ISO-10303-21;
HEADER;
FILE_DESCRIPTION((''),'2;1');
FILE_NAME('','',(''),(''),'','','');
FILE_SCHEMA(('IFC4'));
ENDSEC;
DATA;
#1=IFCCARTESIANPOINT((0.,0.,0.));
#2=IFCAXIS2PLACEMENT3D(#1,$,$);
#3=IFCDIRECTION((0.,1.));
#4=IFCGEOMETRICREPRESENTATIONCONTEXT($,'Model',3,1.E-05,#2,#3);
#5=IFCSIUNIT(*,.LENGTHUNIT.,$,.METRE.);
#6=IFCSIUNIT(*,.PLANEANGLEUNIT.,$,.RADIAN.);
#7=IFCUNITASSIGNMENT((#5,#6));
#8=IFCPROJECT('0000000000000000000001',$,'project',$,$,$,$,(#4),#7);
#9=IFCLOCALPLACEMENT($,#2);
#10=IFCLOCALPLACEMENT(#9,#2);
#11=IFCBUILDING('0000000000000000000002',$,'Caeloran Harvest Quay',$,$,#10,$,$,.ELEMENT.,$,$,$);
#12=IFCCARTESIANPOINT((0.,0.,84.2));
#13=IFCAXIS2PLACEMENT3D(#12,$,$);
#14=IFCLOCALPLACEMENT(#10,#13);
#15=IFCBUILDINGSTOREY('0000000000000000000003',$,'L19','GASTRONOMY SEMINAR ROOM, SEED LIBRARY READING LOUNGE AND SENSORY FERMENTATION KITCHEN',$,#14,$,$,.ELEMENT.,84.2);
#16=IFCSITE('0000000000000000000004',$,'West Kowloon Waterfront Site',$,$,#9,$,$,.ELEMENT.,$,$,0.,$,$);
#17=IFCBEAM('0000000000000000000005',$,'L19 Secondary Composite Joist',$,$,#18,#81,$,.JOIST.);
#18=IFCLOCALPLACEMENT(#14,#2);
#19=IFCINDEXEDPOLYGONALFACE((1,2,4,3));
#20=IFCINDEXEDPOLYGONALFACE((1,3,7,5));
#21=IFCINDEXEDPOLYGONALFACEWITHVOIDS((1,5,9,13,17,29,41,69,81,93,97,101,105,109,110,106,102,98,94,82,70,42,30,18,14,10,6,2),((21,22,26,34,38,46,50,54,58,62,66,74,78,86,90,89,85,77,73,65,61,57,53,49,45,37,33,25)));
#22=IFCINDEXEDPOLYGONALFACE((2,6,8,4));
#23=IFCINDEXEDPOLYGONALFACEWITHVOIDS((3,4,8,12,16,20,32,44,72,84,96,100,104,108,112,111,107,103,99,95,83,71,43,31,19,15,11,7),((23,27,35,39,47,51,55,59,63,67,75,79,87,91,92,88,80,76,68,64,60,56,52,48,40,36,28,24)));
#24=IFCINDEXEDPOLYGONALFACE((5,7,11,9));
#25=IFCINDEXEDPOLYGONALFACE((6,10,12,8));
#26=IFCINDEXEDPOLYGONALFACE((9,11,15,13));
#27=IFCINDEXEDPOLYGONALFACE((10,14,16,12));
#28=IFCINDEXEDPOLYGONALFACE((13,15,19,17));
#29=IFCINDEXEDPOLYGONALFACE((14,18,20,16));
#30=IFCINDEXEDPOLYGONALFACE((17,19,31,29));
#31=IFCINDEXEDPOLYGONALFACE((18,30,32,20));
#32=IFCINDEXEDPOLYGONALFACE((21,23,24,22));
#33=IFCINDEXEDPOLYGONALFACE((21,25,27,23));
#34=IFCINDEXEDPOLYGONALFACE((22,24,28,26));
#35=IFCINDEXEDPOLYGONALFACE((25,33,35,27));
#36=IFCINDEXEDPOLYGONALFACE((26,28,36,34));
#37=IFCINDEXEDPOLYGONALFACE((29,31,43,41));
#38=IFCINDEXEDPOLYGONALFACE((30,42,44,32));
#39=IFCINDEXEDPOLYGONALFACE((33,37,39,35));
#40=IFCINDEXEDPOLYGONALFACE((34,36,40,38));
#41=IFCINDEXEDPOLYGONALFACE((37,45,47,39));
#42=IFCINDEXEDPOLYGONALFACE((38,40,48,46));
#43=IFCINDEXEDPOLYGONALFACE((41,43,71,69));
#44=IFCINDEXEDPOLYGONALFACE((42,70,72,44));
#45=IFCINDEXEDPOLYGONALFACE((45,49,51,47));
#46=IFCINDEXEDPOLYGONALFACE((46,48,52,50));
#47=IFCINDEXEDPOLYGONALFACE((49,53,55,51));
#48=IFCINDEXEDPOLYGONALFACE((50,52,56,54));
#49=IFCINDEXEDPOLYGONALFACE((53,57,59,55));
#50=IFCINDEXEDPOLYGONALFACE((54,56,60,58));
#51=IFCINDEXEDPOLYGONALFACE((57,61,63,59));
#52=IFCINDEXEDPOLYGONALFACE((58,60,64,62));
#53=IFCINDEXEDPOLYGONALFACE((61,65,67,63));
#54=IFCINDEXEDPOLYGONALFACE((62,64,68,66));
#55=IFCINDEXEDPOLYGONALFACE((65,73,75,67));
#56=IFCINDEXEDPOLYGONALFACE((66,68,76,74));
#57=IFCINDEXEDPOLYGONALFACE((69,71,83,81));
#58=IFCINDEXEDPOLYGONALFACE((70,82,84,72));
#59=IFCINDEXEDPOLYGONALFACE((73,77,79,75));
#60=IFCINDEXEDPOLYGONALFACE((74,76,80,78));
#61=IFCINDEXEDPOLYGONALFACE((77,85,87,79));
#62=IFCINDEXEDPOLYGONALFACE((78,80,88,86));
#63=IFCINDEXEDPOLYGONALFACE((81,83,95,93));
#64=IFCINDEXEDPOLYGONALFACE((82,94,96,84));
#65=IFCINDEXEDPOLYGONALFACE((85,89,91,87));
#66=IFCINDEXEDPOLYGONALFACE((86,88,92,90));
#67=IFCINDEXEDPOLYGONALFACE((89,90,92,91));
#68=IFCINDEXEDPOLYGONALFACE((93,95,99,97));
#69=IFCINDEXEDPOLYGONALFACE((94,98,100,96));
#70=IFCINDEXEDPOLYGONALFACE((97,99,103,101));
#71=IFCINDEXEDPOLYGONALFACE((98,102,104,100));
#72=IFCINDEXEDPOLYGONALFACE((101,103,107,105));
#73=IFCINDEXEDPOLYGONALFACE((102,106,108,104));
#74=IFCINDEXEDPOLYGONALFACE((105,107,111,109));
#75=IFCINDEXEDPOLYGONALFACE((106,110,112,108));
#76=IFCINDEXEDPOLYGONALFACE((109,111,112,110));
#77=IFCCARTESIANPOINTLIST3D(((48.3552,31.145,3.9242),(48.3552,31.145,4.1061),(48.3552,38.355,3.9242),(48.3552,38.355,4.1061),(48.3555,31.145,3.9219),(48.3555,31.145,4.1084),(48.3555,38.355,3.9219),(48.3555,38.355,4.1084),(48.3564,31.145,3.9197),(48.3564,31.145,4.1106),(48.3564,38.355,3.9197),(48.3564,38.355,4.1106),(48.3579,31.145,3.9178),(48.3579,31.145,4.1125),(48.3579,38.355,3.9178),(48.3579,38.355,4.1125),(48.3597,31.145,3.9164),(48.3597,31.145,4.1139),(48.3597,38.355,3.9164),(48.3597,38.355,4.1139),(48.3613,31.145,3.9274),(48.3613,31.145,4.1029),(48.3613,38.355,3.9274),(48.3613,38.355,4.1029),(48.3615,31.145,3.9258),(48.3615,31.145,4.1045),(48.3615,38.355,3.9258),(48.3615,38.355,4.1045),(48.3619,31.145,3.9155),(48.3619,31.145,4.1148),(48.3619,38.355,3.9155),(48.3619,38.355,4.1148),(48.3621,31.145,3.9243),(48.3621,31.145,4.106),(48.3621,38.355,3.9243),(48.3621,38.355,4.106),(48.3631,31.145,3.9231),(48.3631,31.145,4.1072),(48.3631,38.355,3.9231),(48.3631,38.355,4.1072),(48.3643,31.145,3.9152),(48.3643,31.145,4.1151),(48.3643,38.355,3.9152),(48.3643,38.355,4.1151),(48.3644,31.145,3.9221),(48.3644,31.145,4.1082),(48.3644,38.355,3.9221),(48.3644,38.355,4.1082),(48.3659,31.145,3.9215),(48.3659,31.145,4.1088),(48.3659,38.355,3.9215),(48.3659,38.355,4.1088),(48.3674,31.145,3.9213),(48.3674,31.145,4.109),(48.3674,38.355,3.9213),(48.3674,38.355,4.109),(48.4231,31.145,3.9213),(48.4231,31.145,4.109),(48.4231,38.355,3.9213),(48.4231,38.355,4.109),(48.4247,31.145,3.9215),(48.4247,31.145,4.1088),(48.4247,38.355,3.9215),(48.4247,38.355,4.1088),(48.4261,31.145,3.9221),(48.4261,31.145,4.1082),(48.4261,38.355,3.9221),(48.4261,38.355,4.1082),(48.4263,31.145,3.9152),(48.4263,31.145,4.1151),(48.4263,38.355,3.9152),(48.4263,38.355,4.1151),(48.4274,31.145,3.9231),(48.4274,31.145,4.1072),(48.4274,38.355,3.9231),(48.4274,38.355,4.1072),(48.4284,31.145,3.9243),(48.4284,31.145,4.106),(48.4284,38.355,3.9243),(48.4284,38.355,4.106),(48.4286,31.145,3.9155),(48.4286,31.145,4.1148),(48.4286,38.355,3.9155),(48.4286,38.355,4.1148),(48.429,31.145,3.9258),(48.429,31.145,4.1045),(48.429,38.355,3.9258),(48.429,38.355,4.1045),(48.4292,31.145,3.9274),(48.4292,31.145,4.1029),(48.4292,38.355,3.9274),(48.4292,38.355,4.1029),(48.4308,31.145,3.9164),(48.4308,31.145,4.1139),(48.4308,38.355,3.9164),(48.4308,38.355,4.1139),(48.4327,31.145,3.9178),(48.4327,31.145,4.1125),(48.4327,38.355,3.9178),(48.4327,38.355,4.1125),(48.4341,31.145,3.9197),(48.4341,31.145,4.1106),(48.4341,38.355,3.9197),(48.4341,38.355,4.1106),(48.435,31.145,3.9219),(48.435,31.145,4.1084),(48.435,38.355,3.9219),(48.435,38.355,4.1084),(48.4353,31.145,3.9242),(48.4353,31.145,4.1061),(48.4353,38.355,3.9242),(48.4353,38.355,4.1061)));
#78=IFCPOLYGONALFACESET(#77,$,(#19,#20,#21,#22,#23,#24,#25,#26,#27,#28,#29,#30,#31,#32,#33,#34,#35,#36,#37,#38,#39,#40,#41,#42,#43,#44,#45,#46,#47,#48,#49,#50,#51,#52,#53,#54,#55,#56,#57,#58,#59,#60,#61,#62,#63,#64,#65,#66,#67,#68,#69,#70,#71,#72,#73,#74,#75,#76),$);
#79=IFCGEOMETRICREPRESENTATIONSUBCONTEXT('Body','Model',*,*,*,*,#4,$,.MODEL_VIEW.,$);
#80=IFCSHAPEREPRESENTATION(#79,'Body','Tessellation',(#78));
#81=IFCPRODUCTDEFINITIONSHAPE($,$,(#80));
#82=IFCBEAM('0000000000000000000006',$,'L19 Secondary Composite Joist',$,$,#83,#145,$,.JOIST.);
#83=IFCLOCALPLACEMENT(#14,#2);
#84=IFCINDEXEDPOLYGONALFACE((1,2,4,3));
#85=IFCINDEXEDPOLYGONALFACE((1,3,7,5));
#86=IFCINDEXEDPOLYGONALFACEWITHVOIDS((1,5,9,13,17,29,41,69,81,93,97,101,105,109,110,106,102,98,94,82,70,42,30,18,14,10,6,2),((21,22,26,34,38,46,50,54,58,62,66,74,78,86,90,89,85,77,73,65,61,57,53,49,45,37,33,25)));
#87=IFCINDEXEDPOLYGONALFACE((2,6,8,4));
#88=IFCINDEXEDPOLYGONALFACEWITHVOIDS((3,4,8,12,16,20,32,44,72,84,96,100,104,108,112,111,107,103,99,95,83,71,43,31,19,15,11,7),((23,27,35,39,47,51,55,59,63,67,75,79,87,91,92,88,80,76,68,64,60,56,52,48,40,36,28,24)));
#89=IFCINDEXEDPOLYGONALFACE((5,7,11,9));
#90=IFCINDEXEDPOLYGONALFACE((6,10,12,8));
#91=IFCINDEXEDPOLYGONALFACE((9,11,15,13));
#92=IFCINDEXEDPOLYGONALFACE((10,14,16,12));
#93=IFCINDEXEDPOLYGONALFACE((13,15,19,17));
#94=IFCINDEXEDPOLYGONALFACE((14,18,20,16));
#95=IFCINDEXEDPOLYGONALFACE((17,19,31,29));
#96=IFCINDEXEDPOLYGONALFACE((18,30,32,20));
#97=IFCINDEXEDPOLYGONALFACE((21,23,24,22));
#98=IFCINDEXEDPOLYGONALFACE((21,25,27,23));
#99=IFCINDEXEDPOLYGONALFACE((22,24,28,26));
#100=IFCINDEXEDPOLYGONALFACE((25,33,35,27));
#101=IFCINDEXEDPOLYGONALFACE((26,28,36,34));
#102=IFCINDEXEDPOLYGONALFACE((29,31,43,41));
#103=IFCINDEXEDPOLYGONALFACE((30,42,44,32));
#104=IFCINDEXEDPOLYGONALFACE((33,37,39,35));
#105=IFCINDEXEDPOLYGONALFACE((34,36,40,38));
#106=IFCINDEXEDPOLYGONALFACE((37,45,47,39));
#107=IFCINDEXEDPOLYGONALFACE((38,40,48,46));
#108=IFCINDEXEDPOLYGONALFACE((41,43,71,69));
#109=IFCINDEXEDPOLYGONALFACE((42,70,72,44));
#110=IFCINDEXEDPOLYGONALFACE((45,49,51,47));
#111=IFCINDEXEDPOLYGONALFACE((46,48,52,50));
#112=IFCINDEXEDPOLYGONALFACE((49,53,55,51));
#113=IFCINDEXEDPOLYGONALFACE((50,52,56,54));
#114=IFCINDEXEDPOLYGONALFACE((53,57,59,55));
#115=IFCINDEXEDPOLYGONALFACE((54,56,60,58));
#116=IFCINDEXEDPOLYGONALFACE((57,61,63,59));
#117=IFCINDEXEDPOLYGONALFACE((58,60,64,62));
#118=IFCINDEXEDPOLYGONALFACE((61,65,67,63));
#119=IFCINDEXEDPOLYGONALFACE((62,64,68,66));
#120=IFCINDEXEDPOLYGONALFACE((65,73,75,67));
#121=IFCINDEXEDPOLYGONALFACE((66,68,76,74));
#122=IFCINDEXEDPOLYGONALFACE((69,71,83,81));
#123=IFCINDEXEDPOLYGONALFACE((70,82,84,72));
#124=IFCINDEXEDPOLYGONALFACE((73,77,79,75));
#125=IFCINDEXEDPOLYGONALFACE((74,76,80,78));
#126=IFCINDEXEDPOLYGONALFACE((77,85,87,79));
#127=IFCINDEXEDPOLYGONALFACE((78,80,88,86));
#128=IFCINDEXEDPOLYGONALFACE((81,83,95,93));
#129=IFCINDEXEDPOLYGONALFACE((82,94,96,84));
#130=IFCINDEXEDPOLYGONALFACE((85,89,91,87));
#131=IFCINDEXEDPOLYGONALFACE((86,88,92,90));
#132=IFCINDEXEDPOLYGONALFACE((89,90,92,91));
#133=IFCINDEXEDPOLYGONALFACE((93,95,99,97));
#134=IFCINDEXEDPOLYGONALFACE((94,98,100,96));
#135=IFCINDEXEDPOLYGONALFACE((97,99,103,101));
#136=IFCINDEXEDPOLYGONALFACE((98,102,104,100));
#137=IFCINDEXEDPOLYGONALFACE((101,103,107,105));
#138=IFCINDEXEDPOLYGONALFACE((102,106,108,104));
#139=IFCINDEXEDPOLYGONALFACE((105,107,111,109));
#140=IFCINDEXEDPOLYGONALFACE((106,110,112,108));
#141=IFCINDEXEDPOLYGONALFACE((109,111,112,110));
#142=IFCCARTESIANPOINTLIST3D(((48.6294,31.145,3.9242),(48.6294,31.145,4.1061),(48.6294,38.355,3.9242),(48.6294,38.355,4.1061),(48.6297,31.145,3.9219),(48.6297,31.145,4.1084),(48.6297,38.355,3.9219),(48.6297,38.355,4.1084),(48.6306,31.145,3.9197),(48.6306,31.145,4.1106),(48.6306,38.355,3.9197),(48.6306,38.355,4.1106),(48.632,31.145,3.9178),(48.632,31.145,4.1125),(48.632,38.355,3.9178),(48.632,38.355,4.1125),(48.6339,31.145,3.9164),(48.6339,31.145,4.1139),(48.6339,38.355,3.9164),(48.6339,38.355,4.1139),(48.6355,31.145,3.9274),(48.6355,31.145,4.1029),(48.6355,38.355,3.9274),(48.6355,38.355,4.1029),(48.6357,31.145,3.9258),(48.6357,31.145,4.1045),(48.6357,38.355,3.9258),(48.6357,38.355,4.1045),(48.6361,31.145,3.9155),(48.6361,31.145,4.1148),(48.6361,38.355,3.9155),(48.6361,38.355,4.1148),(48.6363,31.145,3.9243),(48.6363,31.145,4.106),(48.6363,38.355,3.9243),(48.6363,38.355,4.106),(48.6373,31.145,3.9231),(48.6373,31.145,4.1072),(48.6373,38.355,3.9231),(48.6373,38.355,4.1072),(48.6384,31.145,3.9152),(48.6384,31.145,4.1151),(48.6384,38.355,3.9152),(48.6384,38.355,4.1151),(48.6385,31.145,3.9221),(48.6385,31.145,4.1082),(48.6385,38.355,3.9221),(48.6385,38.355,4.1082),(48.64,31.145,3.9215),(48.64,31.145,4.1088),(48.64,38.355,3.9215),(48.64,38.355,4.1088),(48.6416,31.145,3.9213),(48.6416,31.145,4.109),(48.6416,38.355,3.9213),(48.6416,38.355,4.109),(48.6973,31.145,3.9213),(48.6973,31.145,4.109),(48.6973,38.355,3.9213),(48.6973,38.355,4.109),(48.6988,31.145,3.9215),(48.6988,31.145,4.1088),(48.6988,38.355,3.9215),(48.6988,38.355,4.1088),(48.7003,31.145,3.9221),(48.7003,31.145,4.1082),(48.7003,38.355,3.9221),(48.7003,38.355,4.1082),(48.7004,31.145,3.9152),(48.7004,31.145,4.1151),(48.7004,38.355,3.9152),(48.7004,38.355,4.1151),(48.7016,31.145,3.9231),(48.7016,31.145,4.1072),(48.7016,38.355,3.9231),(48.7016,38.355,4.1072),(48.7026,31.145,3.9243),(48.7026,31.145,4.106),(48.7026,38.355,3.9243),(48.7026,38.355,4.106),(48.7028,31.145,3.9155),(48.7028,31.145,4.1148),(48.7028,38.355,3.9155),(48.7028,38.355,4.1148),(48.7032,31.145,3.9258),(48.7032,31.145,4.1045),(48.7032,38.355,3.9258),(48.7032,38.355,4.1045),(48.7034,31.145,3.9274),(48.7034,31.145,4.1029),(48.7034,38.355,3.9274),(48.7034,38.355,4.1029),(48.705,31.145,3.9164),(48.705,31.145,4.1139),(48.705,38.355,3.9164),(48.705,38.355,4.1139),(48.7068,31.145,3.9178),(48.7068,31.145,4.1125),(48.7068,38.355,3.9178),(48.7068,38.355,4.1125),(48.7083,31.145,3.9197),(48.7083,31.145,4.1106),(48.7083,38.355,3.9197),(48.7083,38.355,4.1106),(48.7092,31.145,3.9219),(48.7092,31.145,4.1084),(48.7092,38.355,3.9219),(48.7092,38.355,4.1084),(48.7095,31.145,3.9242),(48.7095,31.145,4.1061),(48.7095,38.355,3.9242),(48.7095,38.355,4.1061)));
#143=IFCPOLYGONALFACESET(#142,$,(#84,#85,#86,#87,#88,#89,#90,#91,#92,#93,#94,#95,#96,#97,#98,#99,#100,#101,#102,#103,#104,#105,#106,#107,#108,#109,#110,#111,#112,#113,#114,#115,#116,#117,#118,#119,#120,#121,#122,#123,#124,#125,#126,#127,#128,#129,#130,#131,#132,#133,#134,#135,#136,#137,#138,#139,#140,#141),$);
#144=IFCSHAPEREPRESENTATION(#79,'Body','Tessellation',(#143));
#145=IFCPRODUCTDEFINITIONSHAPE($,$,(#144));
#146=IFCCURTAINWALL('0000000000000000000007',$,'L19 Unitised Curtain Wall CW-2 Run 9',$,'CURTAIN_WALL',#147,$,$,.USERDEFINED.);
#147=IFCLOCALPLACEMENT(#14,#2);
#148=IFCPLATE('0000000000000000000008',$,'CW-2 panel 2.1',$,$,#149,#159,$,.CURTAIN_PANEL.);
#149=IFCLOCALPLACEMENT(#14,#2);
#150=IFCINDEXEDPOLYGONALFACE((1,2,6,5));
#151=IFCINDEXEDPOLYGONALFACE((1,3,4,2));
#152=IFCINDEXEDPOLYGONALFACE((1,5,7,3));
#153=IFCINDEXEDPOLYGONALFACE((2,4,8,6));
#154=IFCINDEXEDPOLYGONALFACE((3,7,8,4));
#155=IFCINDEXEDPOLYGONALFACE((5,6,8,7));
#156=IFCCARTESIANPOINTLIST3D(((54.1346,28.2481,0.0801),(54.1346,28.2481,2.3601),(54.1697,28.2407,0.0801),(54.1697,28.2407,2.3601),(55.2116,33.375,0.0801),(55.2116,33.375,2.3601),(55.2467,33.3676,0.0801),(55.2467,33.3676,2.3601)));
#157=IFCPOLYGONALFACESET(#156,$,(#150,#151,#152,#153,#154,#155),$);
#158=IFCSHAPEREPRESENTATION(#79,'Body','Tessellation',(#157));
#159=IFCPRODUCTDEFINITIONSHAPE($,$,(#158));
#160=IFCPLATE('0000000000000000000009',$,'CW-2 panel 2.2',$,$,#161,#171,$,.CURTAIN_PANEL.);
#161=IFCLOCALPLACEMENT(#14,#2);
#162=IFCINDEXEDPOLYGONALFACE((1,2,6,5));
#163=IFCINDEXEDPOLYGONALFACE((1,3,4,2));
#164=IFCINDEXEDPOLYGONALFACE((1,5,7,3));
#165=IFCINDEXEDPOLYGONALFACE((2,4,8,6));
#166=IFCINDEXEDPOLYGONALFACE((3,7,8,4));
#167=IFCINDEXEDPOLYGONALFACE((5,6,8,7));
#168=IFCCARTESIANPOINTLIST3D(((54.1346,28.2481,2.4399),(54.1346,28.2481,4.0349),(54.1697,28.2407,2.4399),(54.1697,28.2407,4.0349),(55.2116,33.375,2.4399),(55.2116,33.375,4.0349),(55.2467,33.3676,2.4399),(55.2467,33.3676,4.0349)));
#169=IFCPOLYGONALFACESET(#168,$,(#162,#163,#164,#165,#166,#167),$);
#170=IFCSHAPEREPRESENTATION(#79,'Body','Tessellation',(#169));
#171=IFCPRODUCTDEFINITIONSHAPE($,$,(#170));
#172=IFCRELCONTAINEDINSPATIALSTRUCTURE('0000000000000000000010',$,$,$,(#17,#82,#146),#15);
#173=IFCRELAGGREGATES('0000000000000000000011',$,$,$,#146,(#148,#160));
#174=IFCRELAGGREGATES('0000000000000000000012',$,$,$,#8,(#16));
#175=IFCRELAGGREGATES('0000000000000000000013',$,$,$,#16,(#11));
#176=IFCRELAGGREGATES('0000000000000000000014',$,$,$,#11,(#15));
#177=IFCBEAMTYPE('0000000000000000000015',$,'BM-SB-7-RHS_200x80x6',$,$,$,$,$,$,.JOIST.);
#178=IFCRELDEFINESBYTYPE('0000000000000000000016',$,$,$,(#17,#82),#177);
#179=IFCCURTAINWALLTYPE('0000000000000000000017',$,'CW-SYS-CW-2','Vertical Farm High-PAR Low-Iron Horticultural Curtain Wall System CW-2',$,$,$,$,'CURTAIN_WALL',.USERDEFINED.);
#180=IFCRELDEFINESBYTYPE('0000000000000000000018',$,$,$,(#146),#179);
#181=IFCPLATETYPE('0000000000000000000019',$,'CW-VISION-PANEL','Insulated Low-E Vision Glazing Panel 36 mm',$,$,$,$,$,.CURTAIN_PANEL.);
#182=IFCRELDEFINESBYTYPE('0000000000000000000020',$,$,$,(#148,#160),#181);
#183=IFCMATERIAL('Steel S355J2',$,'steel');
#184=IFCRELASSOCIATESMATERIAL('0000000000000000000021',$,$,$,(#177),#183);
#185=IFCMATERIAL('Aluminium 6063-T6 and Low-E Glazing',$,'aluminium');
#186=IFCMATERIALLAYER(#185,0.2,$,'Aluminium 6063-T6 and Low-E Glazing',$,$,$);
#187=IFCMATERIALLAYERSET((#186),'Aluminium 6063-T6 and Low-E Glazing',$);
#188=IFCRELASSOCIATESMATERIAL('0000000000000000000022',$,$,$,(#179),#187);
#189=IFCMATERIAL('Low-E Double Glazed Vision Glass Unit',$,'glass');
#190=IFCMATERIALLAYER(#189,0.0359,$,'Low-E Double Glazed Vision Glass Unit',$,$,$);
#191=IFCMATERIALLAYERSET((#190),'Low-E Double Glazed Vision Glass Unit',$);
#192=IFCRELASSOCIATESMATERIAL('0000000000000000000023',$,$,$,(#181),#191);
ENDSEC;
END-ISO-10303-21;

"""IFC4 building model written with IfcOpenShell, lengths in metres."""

from ifc_helpers import new_model, si_unit, direction, frame, origin, origin_2d, place, context, subcontext, project, spatial, rectangle, hollow_rectangle, extrude, material, layer, layer_set, material_profile, profile_set, type_object, element, aggregate, save


model = new_model("IFC4")

# Units and contexts
model_context = context("Model", 3, precision=1e-05, world=origin(), true_north=direction((0.0, 1.0)))
body_context = subcontext(model_context, "Body", "Model", "MODEL_VIEW")
ifc_project = project(units=[si_unit("LENGTHUNIT", "METRE"), si_unit("PLANEANGLEUNIT", "RADIAN")], contexts=[model_context])

# Site, building, storey
site_placement = place(None, origin())
site = spatial("IfcSite", under=ifc_project, at=site_placement, Name="West Kowloon Waterfront Site", CompositionType="ELEMENT", RefElevation=0.0)
building_placement = place(site_placement, origin())
building = spatial("IfcBuilding", under=site, at=building_placement, Name="Caeloran Harvest Quay", CompositionType="ELEMENT")
storey_placement = place(building_placement, frame((0.0, 0.0, 84.2)))
storey = spatial("IfcBuildingStorey", under=building, at=storey_placement, Name="L19", Description="GASTRONOMY SEMINAR ROOM, SEED LIBRARY READING LOUNGE AND SENSORY FERMENTATION KITCHEN", CompositionType="ELEMENT", Elevation=84.2)

# Beams
ifc_material_1 = material(Name="Steel S355J2", Category="steel")
ifc_material_profile_1 = material_profile(ifc_material_1, hollow_rectangle(XDim=0.0801, YDim=0.2, WallThickness=0.0061, InnerFilletRadius=0.0061, OuterFilletRadius=0.009, at=origin_2d()), Name="RHS 200x80x6")
ifc_profile_set_1 = profile_set([ifc_material_profile_1], Name="Steel S355J2")
beam_type_1 = type_object("IfcBeamType", Name="BM-SB-7-RHS_200x80x6", PredefinedType="JOIST", material=ifc_profile_set_1)
for number, where, z_axis, x_axis, name in (
    (1, (48.3953, 31.145, 4.0151), (0.0, 1.0, 0.0), (-1.0, 0.0, 0.0), "L19 Secondary Composite Joist"),
    (2, (48.6694, 31.145, 4.0151), (0.0, 1.0, 0.0), (-1.0, 0.0, 0.0), "L19 Secondary Composite Joist"),
):
    element("IfcBeam", number, at=place(storey_placement, frame(where, z_axis=z_axis, x_axis=x_axis)), inside=storey, type_object=beam_type_1, Name=name, PredefinedType="JOIST", context=body_context, shape_type="SweptSolid", body=[
        extrude(hollow_rectangle(XDim=0.0801, YDim=0.2, WallThickness=0.0061, InnerFilletRadius=0.0061, OuterFilletRadius=0.009, at=origin_2d()), origin(), (0.0, 0.0, 1.0), 7.21),
    ])

# Curtain wall, plates
ifc_material_2 = material(Name="Aluminium 6063-T6 and Low-E Glazing", Category="aluminium")
ifc_layer_1 = layer(ifc_material_2, 0.2, Name="Aluminium 6063-T6 and Low-E Glazing")
ifc_layer_set_1 = layer_set([ifc_layer_1], Name="Aluminium 6063-T6 and Low-E Glazing")
curtain_wall_type = type_object("IfcCurtainWallType", Name="CW-SYS-CW-2", Description="Vertical Farm High-PAR Low-Iron Horticultural Curtain Wall System CW-2", ElementType="CURTAIN_WALL", PredefinedType="USERDEFINED", material=ifc_layer_set_1)
curtain_wall_placement = place(storey_placement, origin())
curtain_wall = element("IfcCurtainWall", 3, at=curtain_wall_placement, inside=storey, type_object=curtain_wall_type, Name="L19 Unitised Curtain Wall CW-2 Run 9", ObjectType="CURTAIN_WALL", PredefinedType="USERDEFINED")
ifc_material_3 = material(Name="Low-E Double Glazed Vision Glass Unit", Category="glass")
ifc_layer_2 = layer(ifc_material_3, 0.0359, Name="Low-E Double Glazed Vision Glass Unit")
ifc_layer_set_2 = layer_set([ifc_layer_2], Name="Low-E Double Glazed Vision Glass Unit")
plate_type = type_object("IfcPlateType", Name="CW-VISION-PANEL", Description="Insulated Low-E Vision Glazing Panel 36 mm", PredefinedType="CURTAIN_PANEL", material=ifc_layer_set_2)
plate_1_placement = place(storey_placement, frame((54.6907, 30.8079, 0.0801), z_axis=(0.0, 0.0, 1.0), x_axis=(-0.205583, -0.97864, 0.0)))
plate_1 = element("IfcPlate", 4, at=plate_1_placement, type_object=plate_type, Name="CW-2 panel 2.1", PredefinedType="CURTAIN_PANEL", context=body_context, shape_type="SweptSolid", body=[
    extrude(rectangle(XDim=5.2388, YDim=0.0359, at=origin_2d()), origin(), (0.0, 0.0, 1.0), 2.28),
])
plate_2_placement = place(storey_placement, frame((54.6907, 30.8079, 2.4399), z_axis=(0.0, 0.0, 1.0), x_axis=(-0.205583, -0.97864, 0.0)))
plate_2 = element("IfcPlate", 5, at=plate_2_placement, type_object=plate_type, Name="CW-2 panel 2.2", PredefinedType="CURTAIN_PANEL", context=body_context, shape_type="SweptSolid", body=[
    extrude(rectangle(XDim=5.2388, YDim=0.0359, at=origin_2d()), origin(), (0.0, 0.0, 1.0), 1.595),
])
aggregate(curtain_wall, [plate_1, plate_2])

save(model, "model.ifc")
